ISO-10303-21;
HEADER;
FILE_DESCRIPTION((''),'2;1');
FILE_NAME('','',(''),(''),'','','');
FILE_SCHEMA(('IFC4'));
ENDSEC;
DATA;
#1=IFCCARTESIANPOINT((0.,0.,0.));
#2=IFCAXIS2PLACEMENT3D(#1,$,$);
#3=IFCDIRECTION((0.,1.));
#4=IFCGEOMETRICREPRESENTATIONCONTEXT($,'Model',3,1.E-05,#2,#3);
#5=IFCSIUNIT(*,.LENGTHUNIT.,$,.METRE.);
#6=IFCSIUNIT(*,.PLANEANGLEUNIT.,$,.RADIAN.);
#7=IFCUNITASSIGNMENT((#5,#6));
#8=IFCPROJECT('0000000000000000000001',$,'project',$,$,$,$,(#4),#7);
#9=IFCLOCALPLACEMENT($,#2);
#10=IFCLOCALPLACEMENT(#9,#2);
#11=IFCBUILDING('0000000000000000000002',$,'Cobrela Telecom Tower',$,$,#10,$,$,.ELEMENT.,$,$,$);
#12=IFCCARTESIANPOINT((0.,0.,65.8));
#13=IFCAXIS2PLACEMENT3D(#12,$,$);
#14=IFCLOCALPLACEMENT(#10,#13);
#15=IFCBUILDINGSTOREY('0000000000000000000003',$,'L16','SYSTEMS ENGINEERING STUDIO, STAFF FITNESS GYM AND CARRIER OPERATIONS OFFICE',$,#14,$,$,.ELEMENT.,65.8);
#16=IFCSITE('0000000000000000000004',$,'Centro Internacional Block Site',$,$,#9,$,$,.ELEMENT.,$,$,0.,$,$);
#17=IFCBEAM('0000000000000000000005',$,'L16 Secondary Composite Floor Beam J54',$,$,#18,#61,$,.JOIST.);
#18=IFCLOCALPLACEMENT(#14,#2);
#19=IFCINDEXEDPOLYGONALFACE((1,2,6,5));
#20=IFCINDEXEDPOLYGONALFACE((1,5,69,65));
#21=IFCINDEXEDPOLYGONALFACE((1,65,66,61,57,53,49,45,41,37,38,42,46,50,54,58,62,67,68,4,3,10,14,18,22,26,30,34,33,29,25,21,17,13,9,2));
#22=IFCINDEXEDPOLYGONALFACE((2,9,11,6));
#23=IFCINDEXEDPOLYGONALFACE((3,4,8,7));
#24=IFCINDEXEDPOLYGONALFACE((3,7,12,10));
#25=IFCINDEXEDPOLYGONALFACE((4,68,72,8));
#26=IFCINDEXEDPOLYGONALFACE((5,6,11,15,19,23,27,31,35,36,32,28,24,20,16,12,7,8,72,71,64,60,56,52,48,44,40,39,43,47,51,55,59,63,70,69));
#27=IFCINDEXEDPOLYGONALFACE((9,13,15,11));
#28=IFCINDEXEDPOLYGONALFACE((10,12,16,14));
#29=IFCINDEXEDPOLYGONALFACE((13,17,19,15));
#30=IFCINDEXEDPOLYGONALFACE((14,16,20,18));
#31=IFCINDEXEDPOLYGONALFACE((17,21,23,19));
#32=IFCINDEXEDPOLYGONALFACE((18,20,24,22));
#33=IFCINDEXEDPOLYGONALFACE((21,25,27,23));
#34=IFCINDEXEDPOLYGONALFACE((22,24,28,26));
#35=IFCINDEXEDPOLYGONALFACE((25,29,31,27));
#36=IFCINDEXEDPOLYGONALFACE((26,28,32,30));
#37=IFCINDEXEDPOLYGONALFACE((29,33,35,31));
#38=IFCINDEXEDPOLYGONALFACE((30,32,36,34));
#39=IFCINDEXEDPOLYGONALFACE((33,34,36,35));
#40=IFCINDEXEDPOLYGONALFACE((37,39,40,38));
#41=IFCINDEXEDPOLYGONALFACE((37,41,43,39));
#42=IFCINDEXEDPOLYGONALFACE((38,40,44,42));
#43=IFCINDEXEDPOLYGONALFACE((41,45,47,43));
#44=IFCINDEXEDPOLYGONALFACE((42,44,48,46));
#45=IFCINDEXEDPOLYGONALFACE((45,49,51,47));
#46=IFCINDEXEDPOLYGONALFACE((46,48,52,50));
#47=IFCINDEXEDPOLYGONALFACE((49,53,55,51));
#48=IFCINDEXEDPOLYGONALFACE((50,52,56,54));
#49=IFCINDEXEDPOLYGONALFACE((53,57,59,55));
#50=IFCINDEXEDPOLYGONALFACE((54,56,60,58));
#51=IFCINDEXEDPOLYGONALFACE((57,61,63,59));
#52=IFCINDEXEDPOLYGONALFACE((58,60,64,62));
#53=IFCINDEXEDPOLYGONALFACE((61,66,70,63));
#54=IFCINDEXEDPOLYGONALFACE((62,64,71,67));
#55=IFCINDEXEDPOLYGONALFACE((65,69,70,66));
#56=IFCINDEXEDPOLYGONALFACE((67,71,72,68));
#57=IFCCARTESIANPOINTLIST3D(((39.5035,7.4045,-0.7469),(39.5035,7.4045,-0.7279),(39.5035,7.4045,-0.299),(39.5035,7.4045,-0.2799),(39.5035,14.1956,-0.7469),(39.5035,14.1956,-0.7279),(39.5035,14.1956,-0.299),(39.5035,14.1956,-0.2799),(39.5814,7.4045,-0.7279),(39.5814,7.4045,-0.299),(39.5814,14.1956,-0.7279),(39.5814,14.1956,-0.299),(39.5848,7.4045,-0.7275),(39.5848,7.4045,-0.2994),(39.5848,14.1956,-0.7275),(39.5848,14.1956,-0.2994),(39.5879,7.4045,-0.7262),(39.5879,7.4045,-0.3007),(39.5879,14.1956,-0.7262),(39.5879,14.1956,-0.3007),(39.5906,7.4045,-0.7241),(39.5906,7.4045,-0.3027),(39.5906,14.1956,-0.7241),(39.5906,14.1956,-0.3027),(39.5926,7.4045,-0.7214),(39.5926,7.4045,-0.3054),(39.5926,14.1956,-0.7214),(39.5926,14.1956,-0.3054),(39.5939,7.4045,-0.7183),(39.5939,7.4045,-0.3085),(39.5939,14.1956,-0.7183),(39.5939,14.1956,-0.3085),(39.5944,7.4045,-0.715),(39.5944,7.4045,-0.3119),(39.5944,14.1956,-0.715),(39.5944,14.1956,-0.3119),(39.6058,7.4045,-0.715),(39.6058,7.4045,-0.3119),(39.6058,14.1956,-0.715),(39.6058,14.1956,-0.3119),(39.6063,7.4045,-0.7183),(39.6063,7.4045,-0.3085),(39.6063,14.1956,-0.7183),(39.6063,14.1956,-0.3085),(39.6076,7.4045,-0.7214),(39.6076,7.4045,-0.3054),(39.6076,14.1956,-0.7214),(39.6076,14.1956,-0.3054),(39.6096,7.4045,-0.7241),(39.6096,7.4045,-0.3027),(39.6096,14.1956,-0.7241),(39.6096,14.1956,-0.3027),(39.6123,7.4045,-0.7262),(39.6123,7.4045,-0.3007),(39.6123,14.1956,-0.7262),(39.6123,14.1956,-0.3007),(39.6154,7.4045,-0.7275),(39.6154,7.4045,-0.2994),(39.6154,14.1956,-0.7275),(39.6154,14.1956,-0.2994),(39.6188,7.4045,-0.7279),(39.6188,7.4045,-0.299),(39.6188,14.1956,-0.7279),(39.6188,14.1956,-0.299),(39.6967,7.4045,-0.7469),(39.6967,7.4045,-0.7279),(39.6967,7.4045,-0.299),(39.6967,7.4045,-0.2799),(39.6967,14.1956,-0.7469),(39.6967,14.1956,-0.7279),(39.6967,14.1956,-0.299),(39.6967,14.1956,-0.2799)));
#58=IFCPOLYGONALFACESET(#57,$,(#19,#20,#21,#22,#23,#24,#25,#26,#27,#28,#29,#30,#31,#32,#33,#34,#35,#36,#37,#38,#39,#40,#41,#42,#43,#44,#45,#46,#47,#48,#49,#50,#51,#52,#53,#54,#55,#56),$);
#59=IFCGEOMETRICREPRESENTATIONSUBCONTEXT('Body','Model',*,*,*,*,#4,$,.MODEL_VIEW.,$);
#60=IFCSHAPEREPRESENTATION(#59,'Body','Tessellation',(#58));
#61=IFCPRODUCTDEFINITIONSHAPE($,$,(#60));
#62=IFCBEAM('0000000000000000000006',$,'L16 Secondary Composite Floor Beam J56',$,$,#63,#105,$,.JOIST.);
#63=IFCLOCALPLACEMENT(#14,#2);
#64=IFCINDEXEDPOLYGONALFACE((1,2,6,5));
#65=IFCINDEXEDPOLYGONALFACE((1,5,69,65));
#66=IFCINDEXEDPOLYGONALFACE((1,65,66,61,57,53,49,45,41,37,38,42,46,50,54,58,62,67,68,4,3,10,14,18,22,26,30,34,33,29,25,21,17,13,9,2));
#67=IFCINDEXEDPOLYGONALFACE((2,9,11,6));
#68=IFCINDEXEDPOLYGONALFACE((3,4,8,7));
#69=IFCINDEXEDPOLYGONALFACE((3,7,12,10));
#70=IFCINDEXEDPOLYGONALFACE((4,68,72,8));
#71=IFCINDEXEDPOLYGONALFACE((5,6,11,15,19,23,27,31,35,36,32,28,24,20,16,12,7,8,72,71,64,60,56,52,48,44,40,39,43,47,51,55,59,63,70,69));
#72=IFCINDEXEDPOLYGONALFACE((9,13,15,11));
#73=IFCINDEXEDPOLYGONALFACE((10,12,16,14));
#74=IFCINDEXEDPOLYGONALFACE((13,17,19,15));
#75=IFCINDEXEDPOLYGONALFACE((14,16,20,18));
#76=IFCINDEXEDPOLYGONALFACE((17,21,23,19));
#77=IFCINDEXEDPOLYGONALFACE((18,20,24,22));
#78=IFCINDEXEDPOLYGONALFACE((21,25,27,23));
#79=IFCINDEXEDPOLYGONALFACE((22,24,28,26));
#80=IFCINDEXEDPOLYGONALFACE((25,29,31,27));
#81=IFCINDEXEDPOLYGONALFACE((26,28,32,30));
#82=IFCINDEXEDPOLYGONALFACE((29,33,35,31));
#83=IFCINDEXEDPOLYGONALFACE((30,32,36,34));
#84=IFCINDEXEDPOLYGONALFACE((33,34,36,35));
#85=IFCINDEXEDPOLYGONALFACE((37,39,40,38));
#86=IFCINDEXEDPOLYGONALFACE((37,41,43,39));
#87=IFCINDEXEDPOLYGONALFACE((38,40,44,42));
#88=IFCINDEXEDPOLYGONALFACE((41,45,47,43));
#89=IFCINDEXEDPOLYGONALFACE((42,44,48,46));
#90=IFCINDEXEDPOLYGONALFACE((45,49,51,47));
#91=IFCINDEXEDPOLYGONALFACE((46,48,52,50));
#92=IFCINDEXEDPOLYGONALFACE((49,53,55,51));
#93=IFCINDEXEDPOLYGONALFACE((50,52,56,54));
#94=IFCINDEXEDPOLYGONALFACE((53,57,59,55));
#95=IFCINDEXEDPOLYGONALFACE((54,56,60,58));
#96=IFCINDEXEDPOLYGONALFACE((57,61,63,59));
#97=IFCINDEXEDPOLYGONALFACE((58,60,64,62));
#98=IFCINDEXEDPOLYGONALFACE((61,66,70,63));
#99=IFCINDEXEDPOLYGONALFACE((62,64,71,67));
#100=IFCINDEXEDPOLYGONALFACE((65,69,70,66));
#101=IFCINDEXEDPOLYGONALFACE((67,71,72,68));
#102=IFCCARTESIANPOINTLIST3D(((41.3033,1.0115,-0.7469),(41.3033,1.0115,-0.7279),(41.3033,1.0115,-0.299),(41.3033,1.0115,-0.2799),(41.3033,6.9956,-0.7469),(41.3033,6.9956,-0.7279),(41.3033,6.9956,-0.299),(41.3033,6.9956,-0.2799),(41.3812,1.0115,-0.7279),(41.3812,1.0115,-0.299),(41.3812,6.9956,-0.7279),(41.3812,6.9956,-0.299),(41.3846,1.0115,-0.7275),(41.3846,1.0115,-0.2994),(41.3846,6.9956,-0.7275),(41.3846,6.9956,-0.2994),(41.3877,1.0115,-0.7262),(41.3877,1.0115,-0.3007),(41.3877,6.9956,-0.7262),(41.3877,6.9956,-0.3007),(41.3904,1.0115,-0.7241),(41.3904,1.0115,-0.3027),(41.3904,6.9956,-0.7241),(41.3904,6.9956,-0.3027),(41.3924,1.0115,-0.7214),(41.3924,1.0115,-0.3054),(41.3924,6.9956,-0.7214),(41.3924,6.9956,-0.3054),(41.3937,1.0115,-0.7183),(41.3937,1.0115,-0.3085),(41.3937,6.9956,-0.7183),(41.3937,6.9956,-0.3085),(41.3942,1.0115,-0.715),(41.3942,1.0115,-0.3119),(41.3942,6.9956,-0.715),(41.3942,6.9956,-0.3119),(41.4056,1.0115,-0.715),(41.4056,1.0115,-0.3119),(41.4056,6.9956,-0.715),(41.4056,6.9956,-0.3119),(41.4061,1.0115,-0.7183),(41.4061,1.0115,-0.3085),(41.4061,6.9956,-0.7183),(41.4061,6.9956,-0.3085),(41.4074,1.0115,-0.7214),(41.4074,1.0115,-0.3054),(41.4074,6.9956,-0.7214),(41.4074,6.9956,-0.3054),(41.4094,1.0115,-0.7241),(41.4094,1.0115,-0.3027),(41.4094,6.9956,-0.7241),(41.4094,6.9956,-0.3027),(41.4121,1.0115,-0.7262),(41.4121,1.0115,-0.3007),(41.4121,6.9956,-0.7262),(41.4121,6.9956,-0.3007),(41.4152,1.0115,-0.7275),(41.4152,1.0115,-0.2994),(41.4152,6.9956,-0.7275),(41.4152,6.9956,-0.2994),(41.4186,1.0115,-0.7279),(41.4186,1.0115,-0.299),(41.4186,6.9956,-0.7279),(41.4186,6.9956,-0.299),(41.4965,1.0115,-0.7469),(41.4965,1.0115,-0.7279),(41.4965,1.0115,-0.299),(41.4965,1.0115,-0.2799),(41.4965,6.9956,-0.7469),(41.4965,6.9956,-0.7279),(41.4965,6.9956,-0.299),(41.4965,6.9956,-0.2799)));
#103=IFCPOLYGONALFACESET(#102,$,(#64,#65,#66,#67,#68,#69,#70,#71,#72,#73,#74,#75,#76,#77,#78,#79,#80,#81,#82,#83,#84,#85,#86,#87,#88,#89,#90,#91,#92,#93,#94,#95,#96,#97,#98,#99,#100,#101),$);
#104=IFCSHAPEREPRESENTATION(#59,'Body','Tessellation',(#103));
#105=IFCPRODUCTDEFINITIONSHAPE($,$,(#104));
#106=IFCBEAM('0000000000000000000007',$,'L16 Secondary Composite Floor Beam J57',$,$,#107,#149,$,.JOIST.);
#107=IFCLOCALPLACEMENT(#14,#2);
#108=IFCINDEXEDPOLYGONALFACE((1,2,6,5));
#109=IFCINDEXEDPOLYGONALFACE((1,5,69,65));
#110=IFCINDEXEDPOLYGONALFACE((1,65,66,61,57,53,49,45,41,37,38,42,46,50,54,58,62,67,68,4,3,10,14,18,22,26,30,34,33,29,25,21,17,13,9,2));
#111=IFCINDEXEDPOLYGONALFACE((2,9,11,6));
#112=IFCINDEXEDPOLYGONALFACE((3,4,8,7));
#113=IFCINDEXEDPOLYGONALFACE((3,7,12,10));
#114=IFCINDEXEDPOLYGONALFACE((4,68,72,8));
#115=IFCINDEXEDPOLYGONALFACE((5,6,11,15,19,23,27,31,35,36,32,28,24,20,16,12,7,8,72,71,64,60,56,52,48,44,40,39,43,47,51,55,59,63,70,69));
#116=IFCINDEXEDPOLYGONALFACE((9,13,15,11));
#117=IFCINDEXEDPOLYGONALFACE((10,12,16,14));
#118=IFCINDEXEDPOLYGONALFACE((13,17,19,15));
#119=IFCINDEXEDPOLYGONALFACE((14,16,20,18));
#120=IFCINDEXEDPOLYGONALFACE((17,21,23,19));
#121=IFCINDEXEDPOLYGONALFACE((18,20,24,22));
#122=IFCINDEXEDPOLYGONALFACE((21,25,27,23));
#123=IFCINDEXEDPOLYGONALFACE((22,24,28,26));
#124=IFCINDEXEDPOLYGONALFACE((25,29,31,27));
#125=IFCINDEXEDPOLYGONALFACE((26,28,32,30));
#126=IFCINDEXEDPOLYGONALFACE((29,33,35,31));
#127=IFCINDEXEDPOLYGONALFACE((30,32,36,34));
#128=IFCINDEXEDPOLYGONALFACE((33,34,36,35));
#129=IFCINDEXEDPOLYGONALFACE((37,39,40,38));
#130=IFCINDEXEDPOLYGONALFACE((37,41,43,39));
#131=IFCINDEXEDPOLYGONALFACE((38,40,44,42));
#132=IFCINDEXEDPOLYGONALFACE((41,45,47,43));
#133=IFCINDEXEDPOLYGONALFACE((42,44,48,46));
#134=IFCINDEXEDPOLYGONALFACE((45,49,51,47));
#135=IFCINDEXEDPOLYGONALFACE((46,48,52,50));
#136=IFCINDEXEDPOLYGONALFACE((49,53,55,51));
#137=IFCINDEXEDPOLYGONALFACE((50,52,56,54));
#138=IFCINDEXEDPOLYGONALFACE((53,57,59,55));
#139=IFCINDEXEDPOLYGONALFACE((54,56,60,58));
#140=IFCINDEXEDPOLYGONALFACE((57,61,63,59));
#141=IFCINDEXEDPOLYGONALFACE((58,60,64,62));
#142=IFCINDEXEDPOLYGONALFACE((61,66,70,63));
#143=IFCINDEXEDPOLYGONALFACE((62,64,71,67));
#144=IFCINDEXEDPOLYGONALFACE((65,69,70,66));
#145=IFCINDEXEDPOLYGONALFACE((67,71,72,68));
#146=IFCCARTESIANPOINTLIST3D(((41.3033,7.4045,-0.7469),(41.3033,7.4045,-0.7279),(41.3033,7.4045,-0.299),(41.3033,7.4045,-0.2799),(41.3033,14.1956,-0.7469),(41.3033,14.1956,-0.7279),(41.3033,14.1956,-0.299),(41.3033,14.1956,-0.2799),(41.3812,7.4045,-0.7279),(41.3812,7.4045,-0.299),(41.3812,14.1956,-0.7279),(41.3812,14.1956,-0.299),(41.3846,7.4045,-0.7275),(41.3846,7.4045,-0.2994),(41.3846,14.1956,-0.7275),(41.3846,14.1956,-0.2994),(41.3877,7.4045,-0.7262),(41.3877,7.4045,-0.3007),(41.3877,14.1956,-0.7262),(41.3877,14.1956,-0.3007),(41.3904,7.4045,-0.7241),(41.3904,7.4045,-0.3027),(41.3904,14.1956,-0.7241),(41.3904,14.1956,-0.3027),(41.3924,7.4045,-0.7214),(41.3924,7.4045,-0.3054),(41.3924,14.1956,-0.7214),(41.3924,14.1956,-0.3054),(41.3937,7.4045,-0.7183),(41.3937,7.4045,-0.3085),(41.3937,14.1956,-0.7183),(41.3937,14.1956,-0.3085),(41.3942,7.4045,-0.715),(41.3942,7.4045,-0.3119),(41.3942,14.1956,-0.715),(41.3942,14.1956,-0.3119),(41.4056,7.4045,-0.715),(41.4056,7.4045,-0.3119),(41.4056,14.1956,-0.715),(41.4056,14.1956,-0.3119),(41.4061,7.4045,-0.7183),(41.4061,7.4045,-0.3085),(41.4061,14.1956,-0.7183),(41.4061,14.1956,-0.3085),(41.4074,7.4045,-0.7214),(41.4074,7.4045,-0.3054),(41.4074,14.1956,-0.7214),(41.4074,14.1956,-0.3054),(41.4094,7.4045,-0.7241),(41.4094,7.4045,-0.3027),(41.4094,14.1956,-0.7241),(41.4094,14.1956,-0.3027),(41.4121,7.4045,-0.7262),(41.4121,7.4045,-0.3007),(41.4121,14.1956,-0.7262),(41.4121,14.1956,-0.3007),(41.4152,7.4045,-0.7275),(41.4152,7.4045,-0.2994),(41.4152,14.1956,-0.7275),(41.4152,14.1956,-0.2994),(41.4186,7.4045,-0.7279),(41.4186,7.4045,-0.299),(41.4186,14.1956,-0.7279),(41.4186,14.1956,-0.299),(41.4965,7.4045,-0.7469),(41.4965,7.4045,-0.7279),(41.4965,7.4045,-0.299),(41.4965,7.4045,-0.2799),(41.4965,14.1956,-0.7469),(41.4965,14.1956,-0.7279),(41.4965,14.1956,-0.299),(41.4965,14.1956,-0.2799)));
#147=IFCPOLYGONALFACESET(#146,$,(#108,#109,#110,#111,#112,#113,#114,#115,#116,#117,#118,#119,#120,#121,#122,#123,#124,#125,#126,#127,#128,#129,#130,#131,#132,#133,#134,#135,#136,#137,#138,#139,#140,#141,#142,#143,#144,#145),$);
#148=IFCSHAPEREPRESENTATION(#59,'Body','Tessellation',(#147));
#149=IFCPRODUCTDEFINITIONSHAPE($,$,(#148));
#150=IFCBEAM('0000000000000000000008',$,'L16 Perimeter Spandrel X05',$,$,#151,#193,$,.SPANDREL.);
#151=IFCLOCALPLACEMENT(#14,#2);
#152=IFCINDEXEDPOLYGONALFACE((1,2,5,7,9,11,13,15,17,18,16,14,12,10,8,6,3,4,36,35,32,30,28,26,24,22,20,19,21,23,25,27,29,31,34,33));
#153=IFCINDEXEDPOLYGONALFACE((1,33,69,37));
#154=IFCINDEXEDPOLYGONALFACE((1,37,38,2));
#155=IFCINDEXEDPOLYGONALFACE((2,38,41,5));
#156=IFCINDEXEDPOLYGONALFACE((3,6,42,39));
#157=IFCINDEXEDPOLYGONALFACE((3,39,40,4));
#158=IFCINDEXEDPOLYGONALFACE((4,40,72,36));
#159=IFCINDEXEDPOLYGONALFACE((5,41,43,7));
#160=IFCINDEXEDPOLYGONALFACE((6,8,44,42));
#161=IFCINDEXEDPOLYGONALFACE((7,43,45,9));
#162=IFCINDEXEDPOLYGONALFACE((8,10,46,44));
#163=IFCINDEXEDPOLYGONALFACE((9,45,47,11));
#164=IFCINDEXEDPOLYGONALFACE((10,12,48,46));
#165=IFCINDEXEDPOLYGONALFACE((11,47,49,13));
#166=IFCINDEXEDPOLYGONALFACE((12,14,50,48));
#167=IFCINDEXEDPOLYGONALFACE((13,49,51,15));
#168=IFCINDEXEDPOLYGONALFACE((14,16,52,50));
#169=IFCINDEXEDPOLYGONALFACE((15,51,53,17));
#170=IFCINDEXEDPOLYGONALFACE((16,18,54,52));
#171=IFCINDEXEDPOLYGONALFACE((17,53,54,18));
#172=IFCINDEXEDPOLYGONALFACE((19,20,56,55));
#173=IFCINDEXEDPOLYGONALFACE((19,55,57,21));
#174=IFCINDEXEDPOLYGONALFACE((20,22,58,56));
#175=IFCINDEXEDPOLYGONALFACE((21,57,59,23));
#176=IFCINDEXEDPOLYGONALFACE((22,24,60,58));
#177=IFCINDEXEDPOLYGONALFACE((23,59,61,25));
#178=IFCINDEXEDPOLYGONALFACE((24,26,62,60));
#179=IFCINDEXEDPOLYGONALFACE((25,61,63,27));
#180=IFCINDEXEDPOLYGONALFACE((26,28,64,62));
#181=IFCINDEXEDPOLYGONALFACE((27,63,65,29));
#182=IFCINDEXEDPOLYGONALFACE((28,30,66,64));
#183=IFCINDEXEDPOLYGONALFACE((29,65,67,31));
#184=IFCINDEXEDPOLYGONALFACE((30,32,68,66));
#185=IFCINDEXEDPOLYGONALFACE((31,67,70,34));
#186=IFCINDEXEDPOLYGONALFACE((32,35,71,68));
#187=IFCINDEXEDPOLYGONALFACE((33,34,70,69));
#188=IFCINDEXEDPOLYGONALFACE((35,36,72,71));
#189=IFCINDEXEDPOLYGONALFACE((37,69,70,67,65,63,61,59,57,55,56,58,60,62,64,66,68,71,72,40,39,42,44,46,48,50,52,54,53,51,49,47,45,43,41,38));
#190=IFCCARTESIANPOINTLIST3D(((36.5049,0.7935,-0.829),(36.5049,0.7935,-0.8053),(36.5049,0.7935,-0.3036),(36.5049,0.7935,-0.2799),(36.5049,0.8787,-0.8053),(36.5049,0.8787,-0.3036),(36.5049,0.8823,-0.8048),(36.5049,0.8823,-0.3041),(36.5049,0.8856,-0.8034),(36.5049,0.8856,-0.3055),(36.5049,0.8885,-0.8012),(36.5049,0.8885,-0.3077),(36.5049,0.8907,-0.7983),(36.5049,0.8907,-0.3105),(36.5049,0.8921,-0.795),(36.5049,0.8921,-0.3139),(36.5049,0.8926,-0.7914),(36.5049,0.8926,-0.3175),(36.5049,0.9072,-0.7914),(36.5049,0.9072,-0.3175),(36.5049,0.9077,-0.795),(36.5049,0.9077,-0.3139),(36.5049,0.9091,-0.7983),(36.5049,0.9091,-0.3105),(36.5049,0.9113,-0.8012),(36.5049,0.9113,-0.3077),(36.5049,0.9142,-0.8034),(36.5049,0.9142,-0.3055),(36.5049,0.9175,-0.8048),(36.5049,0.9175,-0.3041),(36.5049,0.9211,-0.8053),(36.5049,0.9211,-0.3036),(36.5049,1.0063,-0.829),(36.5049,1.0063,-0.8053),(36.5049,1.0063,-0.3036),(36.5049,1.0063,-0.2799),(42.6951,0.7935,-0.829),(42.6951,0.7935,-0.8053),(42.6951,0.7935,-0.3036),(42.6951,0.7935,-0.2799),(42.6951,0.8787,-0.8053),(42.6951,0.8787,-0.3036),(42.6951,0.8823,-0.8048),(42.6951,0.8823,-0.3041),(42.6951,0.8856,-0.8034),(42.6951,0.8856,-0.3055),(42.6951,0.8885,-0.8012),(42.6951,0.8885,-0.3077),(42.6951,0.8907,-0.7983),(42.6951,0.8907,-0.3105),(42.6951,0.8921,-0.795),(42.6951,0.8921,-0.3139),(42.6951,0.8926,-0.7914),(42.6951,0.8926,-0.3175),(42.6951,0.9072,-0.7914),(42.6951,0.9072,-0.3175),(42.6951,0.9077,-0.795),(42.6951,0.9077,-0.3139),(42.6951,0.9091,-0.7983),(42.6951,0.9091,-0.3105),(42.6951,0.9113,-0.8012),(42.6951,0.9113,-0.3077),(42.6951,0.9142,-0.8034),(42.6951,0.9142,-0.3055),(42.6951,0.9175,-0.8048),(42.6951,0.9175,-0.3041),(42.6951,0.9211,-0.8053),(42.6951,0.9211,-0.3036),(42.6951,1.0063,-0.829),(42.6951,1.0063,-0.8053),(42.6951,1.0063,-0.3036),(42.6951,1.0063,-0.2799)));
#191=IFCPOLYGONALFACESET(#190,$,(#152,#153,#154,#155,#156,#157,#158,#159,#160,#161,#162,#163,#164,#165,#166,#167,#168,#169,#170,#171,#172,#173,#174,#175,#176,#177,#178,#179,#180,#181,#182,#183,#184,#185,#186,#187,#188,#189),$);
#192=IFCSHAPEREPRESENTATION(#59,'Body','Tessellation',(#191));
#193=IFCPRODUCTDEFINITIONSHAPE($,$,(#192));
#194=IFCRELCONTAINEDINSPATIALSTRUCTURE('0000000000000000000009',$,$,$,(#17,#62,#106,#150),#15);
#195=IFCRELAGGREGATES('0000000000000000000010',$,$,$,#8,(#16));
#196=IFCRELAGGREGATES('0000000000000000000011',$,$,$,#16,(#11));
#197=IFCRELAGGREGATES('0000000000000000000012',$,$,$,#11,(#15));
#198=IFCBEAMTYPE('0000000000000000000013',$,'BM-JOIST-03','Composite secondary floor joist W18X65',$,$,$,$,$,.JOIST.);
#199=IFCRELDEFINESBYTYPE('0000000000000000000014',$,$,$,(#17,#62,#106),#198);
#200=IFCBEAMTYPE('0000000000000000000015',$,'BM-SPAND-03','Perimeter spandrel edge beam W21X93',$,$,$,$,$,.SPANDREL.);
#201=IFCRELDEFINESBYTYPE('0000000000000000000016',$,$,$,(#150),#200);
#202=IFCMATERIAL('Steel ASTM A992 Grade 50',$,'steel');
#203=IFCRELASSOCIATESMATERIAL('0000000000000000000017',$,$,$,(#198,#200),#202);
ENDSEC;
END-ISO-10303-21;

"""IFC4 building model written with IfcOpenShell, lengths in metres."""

from ifc_helpers import new_model, si_unit, direction, frame, origin, origin_2d, place, context, subcontext, project, spatial, i_section, extrude, material, material_profile, profile_set, type_object, element, save


model = new_model("IFC4")

# Units and contexts
model_context = context("Model", 3, precision=1e-05, world=origin(), true_north=direction((0.0, 1.0)))
body_context = subcontext(model_context, "Body", "Model", "MODEL_VIEW")
ifc_project = project(units=[si_unit("LENGTHUNIT", "METRE"), si_unit("PLANEANGLEUNIT", "RADIAN")], contexts=[model_context])

# Site, building, storey
site_placement = place(None, origin())
site = spatial("IfcSite", under=ifc_project, at=site_placement, Name="Centro Internacional Block Site", CompositionType="ELEMENT", RefElevation=0.0)
building_placement = place(site_placement, origin())
building = spatial("IfcBuilding", under=site, at=building_placement, Name="Cobrela Telecom Tower", CompositionType="ELEMENT")
storey_placement = place(building_placement, frame((0.0, 0.0, 65.8)))
storey = spatial("IfcBuildingStorey", under=building, at=storey_placement, Name="L16", Description="SYSTEMS ENGINEERING STUDIO, STAFF FITNESS GYM AND CARRIER OPERATIONS OFFICE", CompositionType="ELEMENT", Elevation=65.8)

# Shared definitions
ifc_material_1 = material(Name="Steel ASTM A992 Grade 50", Category="steel")

# Beams
ifc_material_profile_1 = material_profile(ifc_material_1, i_section(OverallWidth=0.1931, OverallDepth=0.467, WebThickness=0.0115, FlangeThickness=0.019, FilletRadius=0.0129, at=origin_2d()), Name="W18X65")
ifc_profile_set_1 = profile_set([ifc_material_profile_1], Name="Steel ASTM A992 Grade 50")
beam_type_1 = type_object("IfcBeamType", Name="BM-JOIST-03", Description="Composite secondary floor joist W18X65", PredefinedType="JOIST", material=ifc_profile_set_1)
beam_1_placement = place(storey_placement, frame((39.6001, 7.4045, -0.5134), z_axis=(0.0, 1.0, 0.0), x_axis=(-1.0, 0.0, 0.0)))
element("IfcBeam", 1, at=beam_1_placement, inside=storey, type_object=beam_type_1, Name="L16 Secondary Composite Floor Beam J54", PredefinedType="JOIST", context=body_context, shape_type="SweptSolid", body=[
    extrude(i_section(OverallWidth=0.1931, OverallDepth=0.467, WebThickness=0.0115, FlangeThickness=0.019, FilletRadius=0.0129, at=origin_2d()), origin(), (0.0, 0.0, 1.0), 6.791),
])
beam_2_placement = place(storey_placement, frame((41.3999, 1.0115, -0.5134), z_axis=(0.0, 1.0, 0.0), x_axis=(-1.0, 0.0, 0.0)))
element("IfcBeam", 2, at=beam_2_placement, inside=storey, type_object=beam_type_1, Name="L16 Secondary Composite Floor Beam J56", PredefinedType="JOIST", context=body_context, shape_type="SweptSolid", body=[
    extrude(i_section(OverallWidth=0.1931, OverallDepth=0.467, WebThickness=0.0115, FlangeThickness=0.019, FilletRadius=0.0129, at=origin_2d()), origin(), (0.0, 0.0, 1.0), 5.9841),
])
beam_3_placement = place(storey_placement, frame((41.3999, 7.4045, -0.5134), z_axis=(0.0, 1.0, 0.0), x_axis=(-1.0, 0.0, 0.0)))
element("IfcBeam", 3, at=beam_3_placement, inside=storey, type_object=beam_type_1, Name="L16 Secondary Composite Floor Beam J57", PredefinedType="JOIST", context=body_context, shape_type="SweptSolid", body=[
    extrude(i_section(OverallWidth=0.1931, OverallDepth=0.467, WebThickness=0.0115, FlangeThickness=0.019, FilletRadius=0.0129, at=origin_2d()), origin(), (0.0, 0.0, 1.0), 6.791),
])
ifc_material_profile_2 = material_profile(ifc_material_1, i_section(OverallWidth=0.2129, OverallDepth=0.5491, WebThickness=0.0146, FlangeThickness=0.0237, FilletRadius=0.0139, at=origin_2d()), Name="W21X93")
ifc_profile_set_2 = profile_set([ifc_material_profile_2], Name="Steel ASTM A992 Grade 50")
beam_type_2 = type_object("IfcBeamType", Name="BM-SPAND-03", Description="Perimeter spandrel edge beam W21X93", PredefinedType="SPANDREL", material=ifc_profile_set_2)
beam_4_placement = place(storey_placement, frame((36.5049, 0.8999, -0.5544), z_axis=(1.0, 0.0, 0.0), x_axis=(0.0, 1.0, 0.0)))
element("IfcBeam", 4, at=beam_4_placement, inside=storey, type_object=beam_type_2, Name="L16 Perimeter Spandrel X05", PredefinedType="SPANDREL", context=body_context, shape_type="SweptSolid", body=[
    extrude(i_section(OverallWidth=0.2129, OverallDepth=0.5491, WebThickness=0.0146, FlangeThickness=0.0237, FilletRadius=0.0139, at=origin_2d()), origin(), (0.0, 0.0, 1.0), 6.1902),
])

save(model, "model.ifc")
